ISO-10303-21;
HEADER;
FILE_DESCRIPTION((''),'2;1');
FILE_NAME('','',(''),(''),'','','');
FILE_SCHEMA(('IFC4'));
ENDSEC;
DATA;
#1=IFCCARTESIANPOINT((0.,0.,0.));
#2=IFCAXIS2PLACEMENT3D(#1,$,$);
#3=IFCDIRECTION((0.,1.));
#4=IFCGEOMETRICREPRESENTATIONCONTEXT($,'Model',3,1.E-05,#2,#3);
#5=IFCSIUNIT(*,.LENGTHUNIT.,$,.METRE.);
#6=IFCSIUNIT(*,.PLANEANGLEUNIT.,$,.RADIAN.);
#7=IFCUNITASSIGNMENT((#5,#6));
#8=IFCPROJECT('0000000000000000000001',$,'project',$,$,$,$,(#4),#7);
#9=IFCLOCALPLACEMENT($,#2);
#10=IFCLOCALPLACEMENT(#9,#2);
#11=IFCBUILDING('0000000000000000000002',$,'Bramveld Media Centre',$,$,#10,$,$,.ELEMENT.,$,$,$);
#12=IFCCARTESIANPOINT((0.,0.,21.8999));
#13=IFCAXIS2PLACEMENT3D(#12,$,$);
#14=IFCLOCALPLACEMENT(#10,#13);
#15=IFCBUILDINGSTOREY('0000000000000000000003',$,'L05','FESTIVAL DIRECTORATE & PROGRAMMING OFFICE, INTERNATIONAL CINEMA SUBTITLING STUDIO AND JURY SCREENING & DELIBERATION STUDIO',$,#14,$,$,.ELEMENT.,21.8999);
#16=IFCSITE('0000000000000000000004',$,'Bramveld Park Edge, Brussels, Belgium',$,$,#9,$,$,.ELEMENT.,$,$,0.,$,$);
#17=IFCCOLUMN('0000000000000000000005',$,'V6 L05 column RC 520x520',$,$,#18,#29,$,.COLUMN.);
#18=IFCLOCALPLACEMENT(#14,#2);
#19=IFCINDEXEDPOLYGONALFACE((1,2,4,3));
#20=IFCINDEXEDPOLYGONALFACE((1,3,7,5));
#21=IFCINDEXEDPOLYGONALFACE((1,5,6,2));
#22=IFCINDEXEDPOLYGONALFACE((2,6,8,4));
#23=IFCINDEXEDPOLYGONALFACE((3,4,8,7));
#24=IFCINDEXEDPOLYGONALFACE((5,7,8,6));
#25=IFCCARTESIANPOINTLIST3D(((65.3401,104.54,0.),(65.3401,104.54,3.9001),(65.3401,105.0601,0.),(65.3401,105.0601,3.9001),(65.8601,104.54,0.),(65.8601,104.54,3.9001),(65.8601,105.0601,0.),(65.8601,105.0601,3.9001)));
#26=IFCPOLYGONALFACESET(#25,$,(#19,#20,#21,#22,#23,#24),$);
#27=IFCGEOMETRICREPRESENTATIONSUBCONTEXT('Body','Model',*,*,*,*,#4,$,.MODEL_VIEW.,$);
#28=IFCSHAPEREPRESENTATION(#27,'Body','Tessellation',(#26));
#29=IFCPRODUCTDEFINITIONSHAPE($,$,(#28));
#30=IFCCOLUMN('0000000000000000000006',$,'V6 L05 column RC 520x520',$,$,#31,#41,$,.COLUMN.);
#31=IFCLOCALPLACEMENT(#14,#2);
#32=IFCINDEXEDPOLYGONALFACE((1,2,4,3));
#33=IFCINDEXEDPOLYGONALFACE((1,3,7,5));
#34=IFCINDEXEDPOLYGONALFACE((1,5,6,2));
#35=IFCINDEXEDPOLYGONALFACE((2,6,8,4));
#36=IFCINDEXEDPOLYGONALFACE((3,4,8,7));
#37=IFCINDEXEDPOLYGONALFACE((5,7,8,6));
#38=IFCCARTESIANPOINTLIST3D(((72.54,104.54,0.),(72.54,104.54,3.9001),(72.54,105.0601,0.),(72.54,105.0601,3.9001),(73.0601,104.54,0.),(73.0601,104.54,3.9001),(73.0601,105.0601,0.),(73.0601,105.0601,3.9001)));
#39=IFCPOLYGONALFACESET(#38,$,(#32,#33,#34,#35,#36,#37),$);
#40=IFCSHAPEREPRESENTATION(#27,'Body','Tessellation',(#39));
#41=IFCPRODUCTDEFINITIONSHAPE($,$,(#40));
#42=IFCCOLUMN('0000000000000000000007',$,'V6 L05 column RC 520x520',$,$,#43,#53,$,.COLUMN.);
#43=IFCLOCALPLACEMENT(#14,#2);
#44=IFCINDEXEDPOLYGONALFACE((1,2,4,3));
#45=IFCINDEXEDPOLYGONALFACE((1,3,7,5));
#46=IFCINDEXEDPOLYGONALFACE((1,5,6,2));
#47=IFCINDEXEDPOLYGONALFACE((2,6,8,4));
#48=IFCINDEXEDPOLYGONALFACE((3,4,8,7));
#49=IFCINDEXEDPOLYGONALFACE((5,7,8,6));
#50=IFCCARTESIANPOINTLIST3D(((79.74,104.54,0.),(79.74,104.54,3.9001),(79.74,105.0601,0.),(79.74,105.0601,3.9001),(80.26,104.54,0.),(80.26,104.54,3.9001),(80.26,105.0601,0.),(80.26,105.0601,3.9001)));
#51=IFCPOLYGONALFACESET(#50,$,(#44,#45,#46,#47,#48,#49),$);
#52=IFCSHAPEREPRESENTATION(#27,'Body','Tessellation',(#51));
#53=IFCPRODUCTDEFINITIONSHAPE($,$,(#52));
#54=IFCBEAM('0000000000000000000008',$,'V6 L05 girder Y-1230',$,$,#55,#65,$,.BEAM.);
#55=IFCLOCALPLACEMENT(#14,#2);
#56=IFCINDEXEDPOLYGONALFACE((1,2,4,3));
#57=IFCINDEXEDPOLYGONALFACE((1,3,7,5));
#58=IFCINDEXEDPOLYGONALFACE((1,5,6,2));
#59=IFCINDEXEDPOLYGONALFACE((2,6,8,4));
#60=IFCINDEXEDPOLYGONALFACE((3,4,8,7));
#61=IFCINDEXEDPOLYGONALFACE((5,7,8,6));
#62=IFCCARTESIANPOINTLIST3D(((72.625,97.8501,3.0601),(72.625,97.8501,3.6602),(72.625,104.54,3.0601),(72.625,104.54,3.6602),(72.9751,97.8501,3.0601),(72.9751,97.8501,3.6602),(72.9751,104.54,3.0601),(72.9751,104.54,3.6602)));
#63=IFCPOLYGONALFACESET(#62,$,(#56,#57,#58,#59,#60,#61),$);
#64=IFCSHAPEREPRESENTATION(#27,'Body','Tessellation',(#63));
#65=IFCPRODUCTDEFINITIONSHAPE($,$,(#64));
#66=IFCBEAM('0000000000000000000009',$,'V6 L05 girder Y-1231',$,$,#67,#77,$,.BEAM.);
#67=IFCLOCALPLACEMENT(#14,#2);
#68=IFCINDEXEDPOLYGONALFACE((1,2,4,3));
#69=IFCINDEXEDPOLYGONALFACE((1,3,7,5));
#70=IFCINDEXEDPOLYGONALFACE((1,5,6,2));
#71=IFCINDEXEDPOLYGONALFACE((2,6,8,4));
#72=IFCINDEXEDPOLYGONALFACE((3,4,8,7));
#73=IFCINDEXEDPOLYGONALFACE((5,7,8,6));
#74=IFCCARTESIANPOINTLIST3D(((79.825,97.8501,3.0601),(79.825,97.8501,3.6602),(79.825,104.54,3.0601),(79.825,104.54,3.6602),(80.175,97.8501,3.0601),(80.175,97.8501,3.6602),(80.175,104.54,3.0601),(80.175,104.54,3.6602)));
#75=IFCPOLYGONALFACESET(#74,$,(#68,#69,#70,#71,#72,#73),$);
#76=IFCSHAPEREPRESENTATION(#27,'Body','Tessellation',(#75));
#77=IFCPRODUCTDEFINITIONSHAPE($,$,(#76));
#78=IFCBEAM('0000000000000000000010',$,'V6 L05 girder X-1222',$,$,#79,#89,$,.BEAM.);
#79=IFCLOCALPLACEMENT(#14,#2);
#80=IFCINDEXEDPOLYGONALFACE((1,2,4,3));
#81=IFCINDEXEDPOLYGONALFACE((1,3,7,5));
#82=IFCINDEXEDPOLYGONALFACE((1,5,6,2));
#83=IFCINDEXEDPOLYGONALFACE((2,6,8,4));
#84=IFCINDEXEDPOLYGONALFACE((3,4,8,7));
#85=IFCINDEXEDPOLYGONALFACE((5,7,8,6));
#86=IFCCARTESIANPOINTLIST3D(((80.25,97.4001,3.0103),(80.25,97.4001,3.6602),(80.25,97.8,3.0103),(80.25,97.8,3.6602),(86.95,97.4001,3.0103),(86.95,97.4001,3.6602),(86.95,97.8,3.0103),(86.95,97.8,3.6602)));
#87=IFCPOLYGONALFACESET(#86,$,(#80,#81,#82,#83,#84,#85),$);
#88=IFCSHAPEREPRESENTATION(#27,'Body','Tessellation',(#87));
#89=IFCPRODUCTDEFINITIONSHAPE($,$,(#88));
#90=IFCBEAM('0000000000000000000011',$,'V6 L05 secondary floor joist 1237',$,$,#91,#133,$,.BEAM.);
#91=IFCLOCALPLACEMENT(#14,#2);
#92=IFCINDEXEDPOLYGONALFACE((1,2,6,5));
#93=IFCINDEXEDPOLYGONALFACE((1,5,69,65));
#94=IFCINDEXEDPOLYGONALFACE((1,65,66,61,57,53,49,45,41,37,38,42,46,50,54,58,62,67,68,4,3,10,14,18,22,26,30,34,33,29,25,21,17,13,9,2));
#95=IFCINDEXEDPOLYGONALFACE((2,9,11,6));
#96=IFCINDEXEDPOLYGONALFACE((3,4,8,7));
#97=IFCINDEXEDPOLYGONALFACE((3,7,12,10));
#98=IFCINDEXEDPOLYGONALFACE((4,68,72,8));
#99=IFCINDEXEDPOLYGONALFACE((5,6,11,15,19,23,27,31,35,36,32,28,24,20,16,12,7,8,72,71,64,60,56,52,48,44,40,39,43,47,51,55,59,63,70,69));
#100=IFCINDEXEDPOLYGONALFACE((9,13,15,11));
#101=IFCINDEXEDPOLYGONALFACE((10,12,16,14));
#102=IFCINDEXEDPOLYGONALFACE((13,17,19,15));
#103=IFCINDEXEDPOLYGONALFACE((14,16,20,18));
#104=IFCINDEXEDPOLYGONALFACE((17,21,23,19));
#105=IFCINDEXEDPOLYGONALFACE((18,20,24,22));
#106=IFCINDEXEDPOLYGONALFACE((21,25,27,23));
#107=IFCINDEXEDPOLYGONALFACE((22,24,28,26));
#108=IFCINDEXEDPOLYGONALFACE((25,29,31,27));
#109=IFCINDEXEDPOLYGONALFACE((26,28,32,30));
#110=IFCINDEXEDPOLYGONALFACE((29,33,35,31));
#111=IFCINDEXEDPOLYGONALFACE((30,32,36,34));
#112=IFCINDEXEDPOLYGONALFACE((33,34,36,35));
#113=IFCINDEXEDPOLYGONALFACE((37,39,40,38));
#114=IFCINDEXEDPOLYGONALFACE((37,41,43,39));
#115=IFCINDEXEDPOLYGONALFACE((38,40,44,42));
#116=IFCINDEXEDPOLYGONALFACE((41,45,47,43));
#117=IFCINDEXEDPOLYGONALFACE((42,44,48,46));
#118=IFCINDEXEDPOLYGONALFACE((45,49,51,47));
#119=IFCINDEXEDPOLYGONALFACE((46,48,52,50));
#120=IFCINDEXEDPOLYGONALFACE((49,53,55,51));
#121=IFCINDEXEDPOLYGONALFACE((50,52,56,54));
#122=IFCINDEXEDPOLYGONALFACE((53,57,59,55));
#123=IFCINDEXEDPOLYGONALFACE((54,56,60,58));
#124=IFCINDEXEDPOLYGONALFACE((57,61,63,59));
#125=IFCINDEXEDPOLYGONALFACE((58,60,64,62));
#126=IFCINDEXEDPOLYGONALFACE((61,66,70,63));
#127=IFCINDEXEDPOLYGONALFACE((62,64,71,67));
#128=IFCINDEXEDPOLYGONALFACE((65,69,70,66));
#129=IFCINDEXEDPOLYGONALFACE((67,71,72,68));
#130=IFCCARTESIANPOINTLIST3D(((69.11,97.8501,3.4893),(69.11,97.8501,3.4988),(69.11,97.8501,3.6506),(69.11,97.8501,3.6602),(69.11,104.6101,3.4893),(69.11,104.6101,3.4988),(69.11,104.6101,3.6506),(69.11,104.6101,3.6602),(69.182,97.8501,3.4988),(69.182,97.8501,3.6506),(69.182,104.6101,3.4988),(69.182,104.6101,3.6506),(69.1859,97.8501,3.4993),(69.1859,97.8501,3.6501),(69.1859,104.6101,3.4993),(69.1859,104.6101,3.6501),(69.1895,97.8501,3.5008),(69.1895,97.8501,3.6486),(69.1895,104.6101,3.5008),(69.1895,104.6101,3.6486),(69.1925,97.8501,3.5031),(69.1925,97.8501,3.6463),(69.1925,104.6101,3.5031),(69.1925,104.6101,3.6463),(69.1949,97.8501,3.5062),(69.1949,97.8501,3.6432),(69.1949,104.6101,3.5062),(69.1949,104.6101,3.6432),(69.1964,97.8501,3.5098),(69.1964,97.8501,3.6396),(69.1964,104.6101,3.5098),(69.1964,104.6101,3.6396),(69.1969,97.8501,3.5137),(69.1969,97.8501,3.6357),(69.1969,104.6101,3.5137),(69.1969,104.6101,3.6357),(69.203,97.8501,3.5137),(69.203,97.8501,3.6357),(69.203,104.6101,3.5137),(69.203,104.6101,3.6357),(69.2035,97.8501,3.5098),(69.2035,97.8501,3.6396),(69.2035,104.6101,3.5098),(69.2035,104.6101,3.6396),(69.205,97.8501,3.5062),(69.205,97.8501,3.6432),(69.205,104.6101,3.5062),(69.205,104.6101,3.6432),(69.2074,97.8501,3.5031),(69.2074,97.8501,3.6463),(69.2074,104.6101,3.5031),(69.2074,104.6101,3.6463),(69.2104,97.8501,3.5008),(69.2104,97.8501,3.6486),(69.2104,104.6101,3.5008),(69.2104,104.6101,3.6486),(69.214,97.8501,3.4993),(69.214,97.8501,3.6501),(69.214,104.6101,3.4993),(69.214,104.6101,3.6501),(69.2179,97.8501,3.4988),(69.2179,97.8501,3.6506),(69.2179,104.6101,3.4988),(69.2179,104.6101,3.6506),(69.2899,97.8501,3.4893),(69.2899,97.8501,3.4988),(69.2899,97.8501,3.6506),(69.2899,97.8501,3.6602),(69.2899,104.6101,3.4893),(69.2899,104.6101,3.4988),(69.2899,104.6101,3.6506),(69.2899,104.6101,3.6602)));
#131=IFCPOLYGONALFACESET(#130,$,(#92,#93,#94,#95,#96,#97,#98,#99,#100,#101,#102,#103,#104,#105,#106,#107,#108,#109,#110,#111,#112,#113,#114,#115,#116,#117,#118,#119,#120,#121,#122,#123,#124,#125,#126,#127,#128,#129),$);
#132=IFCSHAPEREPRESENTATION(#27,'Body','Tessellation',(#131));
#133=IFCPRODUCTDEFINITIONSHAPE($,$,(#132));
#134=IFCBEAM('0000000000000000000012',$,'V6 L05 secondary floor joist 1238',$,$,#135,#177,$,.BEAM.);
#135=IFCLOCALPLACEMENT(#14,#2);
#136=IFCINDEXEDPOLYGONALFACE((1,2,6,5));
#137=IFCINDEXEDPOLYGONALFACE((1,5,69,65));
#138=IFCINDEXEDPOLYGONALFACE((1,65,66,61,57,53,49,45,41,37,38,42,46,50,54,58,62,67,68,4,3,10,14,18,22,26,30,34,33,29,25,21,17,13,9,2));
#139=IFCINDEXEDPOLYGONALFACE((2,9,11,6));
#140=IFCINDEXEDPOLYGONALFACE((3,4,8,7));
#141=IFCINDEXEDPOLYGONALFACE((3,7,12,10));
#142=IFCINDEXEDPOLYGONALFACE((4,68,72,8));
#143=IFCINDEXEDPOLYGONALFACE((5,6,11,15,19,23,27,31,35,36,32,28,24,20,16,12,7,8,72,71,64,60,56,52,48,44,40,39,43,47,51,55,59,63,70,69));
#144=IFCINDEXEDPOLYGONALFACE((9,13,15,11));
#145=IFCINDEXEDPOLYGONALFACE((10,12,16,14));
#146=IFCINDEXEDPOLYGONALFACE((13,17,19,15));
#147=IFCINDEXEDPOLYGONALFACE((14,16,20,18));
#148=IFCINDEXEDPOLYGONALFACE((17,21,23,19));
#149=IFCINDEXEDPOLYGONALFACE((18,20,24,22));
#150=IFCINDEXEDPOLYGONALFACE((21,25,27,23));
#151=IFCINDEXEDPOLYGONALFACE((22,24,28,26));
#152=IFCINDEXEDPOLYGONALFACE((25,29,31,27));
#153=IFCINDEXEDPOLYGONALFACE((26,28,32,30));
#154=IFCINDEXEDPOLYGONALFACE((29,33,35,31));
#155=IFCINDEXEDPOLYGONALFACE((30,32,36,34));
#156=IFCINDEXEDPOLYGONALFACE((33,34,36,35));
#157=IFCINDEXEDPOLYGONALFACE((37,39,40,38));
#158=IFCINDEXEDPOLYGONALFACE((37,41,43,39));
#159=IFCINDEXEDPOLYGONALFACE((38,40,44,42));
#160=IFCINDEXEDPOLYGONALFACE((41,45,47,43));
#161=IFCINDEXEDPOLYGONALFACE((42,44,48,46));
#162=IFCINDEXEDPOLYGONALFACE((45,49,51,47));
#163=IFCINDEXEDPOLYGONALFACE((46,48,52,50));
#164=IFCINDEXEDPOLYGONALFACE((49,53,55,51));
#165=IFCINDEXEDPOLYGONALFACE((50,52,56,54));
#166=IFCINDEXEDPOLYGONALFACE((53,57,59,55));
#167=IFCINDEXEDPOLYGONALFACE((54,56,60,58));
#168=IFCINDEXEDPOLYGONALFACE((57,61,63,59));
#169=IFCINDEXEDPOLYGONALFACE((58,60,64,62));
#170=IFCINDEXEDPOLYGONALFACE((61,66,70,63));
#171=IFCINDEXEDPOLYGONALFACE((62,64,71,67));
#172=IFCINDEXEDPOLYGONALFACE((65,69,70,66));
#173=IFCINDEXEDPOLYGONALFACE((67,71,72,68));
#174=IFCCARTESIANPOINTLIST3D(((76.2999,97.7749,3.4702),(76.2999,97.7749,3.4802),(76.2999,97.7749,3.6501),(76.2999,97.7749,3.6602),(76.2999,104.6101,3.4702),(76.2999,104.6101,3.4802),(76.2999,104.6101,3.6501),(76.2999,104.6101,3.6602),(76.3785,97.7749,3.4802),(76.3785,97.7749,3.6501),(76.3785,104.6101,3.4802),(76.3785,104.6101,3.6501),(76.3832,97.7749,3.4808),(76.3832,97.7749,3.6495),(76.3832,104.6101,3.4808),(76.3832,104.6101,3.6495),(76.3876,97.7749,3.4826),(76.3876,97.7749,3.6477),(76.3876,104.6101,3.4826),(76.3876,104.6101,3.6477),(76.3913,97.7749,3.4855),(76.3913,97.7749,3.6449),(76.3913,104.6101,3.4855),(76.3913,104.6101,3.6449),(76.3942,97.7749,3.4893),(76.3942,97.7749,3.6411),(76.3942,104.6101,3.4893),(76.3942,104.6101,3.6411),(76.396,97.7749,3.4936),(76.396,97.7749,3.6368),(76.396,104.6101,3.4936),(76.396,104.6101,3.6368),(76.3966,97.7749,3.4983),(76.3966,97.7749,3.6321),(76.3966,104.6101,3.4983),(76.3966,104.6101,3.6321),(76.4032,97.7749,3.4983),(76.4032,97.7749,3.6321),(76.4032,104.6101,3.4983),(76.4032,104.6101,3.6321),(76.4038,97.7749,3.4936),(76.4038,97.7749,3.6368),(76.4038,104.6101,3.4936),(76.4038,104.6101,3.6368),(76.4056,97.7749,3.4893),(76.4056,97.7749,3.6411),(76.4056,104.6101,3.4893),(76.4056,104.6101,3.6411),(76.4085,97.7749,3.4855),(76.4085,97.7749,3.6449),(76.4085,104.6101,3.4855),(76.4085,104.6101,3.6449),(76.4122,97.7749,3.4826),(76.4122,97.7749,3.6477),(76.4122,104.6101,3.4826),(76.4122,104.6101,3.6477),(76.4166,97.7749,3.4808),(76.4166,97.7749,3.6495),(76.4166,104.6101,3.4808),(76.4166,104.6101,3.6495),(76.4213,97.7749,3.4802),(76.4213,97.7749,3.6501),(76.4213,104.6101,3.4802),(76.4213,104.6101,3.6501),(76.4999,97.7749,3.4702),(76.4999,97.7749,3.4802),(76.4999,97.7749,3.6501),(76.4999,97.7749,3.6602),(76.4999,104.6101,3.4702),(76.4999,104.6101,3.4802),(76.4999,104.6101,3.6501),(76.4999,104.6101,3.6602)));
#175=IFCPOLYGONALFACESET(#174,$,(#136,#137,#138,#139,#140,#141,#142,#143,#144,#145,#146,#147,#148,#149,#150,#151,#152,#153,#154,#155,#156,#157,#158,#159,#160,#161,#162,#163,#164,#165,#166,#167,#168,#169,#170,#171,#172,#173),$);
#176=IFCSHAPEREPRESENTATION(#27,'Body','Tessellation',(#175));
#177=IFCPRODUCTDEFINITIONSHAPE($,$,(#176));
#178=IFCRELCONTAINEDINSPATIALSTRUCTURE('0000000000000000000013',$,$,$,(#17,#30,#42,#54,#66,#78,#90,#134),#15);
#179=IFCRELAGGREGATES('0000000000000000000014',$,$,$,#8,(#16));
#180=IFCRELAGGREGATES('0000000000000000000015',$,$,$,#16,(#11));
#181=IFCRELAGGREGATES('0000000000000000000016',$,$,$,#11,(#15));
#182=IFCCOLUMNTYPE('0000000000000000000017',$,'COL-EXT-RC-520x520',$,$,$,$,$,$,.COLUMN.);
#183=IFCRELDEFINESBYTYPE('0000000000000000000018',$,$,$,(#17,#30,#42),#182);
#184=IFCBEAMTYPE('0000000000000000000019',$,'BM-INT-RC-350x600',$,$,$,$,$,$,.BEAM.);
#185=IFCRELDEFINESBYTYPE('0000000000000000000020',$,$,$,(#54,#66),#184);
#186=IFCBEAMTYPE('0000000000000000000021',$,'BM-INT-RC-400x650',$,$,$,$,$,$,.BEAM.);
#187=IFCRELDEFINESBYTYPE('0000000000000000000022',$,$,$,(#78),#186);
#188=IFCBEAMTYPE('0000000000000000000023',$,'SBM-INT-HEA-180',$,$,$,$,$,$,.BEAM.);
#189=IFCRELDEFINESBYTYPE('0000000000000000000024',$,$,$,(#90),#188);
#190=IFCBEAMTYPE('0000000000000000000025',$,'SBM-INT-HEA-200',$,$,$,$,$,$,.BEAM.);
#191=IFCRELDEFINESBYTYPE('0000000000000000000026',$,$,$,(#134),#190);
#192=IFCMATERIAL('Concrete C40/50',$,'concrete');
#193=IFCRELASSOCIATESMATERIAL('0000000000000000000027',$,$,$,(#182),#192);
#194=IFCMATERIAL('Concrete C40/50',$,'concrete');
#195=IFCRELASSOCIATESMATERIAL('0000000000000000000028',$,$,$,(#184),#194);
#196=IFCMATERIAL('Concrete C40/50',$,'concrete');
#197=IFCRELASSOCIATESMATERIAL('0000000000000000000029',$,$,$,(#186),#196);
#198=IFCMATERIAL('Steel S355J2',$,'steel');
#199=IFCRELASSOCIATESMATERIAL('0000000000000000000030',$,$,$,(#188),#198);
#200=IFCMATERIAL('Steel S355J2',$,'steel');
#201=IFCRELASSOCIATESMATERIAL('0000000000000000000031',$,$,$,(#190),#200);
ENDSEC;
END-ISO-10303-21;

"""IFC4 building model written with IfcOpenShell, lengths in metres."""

from ifc_helpers import new_model, si_unit, direction, frame, origin, origin_2d, place, context, subcontext, project, spatial, rectangle, i_section, extrude, material, material_profile, profile_set, type_object, element, save


model = new_model("IFC4")

# Units and contexts
model_context = context("Model", 3, precision=1e-05, world=origin(), true_north=direction((0.0, 1.0)))
body_context = subcontext(model_context, "Body", "Model", "MODEL_VIEW")
ifc_project = project(units=[si_unit("LENGTHUNIT", "METRE"), si_unit("PLANEANGLEUNIT", "RADIAN")], contexts=[model_context])

# Site, building, storey
site_placement = place(None, origin())
site = spatial("IfcSite", under=ifc_project, at=site_placement, Name="Bramveld Park Edge, Brussels, Belgium", CompositionType="ELEMENT", RefElevation=0.0)
building_placement = place(site_placement, origin())
building = spatial("IfcBuilding", under=site, at=building_placement, Name="Bramveld Media Centre", CompositionType="ELEMENT")
storey_placement = place(building_placement, frame((0.0, 0.0, 21.8999)))
storey = spatial("IfcBuildingStorey", under=building, at=storey_placement, Name="L05", Description="FESTIVAL DIRECTORATE & PROGRAMMING OFFICE, INTERNATIONAL CINEMA SUBTITLING STUDIO AND JURY SCREENING & DELIBERATION STUDIO", CompositionType="ELEMENT", Elevation=21.8999)

# Columns
ifc_material_1 = material(Name="Concrete C40/50", Category="concrete")
ifc_material_profile_1 = material_profile(ifc_material_1, rectangle(XDim=0.52, YDim=0.52, at=origin_2d()), Name="RC 520x520")
ifc_profile_set_1 = profile_set([ifc_material_profile_1], Name="Concrete C40/50")
column_type = type_object("IfcColumnType", Name="COL-EXT-RC-520x520", PredefinedType="COLUMN", material=ifc_profile_set_1)
for number, where, z_axis, x_axis, name in (
    (1, (65.6001, 104.8, 0.0), (0.0, 0.0, 1.0), (1.0, 0.0, 0.0), "V6 L05 column RC 520x520"),
    (2, (72.8, 104.8, 0.0), (0.0, 0.0, 1.0), (1.0, 0.0, 0.0), "V6 L05 column RC 520x520"),
    (3, (80.0, 104.8, 0.0), (0.0, 0.0, 1.0), (1.0, 0.0, 0.0), "V6 L05 column RC 520x520"),
):
    element("IfcColumn", number, at=place(storey_placement, frame(where, z_axis=z_axis, x_axis=x_axis)), inside=storey, type_object=column_type, Name=name, PredefinedType="COLUMN", context=body_context, shape_type="SweptSolid", body=[
        extrude(rectangle(XDim=0.52, YDim=0.52, at=origin_2d()), origin(), (0.0, 0.0, 1.0), 3.9001),
    ])

# Beams
ifc_material_2 = material(Name="Concrete C40/50", Category="concrete")
ifc_material_profile_2 = material_profile(ifc_material_2, rectangle(XDim=0.3501, YDim=0.6001, at=origin_2d()), Name="RC 350x600")
ifc_profile_set_2 = profile_set([ifc_material_profile_2], Name="Concrete C40/50")
beam_type_1 = type_object("IfcBeamType", Name="BM-INT-RC-350x600", PredefinedType="BEAM", material=ifc_profile_set_2)
for number, where, z_axis, x_axis, name in (
    (4, (72.8, 97.8501, 3.3601), (0.0, 1.0, 0.0), (-1.0, 0.0, 0.0), "V6 L05 girder Y-1230"),
    (5, (80.0, 97.8501, 3.3601), (0.0, 1.0, 0.0), (-1.0, 0.0, 0.0), "V6 L05 girder Y-1231"),
):
    element("IfcBeam", number, at=place(storey_placement, frame(where, z_axis=z_axis, x_axis=x_axis)), inside=storey, type_object=beam_type_1, Name=name, PredefinedType="BEAM", context=body_context, shape_type="SweptSolid", body=[
        extrude(rectangle(XDim=0.3501, YDim=0.6001, at=origin_2d()), origin(), (0.0, 0.0, 1.0), 6.6899),
    ])
ifc_material_3 = material(Name="Concrete C40/50", Category="concrete")
ifc_material_profile_3 = material_profile(ifc_material_3, rectangle(XDim=0.3999, YDim=0.6499, at=origin_2d()), Name="RC 400x650")
ifc_profile_set_3 = profile_set([ifc_material_profile_3], Name="Concrete C40/50")
beam_type_2 = type_object("IfcBeamType", Name="BM-INT-RC-400x650", PredefinedType="BEAM", material=ifc_profile_set_3)
beam_1_placement = place(storey_placement, frame((80.25, 97.6001, 3.3352), z_axis=(1.0, 0.0, 0.0), x_axis=(0.0, 1.0, 0.0)))
element("IfcBeam", 6, at=beam_1_placement, inside=storey, type_object=beam_type_2, Name="V6 L05 girder X-1222", PredefinedType="BEAM", context=body_context, shape_type="SweptSolid", body=[
    extrude(rectangle(XDim=0.3999, YDim=0.6499, at=origin_2d()), origin(), (0.0, 0.0, 1.0), 6.7),
])
ifc_material_4 = material(Name="Steel S355J2", Category="steel")
ifc_material_profile_4 = material_profile(ifc_material_4, i_section(OverallWidth=0.1799, OverallDepth=0.1709, WebThickness=0.0061, FlangeThickness=0.0095, FilletRadius=0.0149, at=origin_2d()), Name="HEA 180")
ifc_profile_set_4 = profile_set([ifc_material_profile_4], Name="Steel S355J2")
beam_type_3 = type_object("IfcBeamType", Name="SBM-INT-HEA-180", PredefinedType="BEAM", material=ifc_profile_set_4)
beam_2_placement = place(storey_placement, frame((69.2, 97.8501, 3.5747), z_axis=(0.0, 1.0, 0.0), x_axis=(-1.0, 0.0, 0.0)))
element("IfcBeam", 7, at=beam_2_placement, inside=storey, type_object=beam_type_3, Name="V6 L05 secondary floor joist 1237", PredefinedType="BEAM", context=body_context, shape_type="SweptSolid", body=[
    extrude(i_section(OverallWidth=0.1799, OverallDepth=0.1709, WebThickness=0.0061, FlangeThickness=0.0095, FilletRadius=0.0149, at=origin_2d()), origin(), (0.0, 0.0, 1.0), 6.76),
])
ifc_material_5 = material(Name="Steel S355J2", Category="steel")
ifc_material_profile_5 = material_profile(ifc_material_5, i_section(OverallWidth=0.2, OverallDepth=0.1899, WebThickness=0.0066, FlangeThickness=0.01, FilletRadius=0.0181, at=origin_2d()), Name="HEA 200")
ifc_profile_set_5 = profile_set([ifc_material_profile_5], Name="Steel S355J2")
beam_type_4 = type_object("IfcBeamType", Name="SBM-INT-HEA-200", PredefinedType="BEAM", material=ifc_profile_set_5)
beam_3_placement = place(storey_placement, frame((76.3999, 97.7749, 3.5652), z_axis=(0.0, 1.0, 0.0), x_axis=(-1.0, 0.0, 0.0)))
element("IfcBeam", 8, at=beam_3_placement, inside=storey, type_object=beam_type_4, Name="V6 L05 secondary floor joist 1238", PredefinedType="BEAM", context=body_context, shape_type="SweptSolid", body=[
    extrude(i_section(OverallWidth=0.2, OverallDepth=0.1899, WebThickness=0.0066, FlangeThickness=0.01, FilletRadius=0.0181, at=origin_2d()), origin(), (0.0, 0.0, 1.0), 6.8352),
])

save(model, "model.ifc")
